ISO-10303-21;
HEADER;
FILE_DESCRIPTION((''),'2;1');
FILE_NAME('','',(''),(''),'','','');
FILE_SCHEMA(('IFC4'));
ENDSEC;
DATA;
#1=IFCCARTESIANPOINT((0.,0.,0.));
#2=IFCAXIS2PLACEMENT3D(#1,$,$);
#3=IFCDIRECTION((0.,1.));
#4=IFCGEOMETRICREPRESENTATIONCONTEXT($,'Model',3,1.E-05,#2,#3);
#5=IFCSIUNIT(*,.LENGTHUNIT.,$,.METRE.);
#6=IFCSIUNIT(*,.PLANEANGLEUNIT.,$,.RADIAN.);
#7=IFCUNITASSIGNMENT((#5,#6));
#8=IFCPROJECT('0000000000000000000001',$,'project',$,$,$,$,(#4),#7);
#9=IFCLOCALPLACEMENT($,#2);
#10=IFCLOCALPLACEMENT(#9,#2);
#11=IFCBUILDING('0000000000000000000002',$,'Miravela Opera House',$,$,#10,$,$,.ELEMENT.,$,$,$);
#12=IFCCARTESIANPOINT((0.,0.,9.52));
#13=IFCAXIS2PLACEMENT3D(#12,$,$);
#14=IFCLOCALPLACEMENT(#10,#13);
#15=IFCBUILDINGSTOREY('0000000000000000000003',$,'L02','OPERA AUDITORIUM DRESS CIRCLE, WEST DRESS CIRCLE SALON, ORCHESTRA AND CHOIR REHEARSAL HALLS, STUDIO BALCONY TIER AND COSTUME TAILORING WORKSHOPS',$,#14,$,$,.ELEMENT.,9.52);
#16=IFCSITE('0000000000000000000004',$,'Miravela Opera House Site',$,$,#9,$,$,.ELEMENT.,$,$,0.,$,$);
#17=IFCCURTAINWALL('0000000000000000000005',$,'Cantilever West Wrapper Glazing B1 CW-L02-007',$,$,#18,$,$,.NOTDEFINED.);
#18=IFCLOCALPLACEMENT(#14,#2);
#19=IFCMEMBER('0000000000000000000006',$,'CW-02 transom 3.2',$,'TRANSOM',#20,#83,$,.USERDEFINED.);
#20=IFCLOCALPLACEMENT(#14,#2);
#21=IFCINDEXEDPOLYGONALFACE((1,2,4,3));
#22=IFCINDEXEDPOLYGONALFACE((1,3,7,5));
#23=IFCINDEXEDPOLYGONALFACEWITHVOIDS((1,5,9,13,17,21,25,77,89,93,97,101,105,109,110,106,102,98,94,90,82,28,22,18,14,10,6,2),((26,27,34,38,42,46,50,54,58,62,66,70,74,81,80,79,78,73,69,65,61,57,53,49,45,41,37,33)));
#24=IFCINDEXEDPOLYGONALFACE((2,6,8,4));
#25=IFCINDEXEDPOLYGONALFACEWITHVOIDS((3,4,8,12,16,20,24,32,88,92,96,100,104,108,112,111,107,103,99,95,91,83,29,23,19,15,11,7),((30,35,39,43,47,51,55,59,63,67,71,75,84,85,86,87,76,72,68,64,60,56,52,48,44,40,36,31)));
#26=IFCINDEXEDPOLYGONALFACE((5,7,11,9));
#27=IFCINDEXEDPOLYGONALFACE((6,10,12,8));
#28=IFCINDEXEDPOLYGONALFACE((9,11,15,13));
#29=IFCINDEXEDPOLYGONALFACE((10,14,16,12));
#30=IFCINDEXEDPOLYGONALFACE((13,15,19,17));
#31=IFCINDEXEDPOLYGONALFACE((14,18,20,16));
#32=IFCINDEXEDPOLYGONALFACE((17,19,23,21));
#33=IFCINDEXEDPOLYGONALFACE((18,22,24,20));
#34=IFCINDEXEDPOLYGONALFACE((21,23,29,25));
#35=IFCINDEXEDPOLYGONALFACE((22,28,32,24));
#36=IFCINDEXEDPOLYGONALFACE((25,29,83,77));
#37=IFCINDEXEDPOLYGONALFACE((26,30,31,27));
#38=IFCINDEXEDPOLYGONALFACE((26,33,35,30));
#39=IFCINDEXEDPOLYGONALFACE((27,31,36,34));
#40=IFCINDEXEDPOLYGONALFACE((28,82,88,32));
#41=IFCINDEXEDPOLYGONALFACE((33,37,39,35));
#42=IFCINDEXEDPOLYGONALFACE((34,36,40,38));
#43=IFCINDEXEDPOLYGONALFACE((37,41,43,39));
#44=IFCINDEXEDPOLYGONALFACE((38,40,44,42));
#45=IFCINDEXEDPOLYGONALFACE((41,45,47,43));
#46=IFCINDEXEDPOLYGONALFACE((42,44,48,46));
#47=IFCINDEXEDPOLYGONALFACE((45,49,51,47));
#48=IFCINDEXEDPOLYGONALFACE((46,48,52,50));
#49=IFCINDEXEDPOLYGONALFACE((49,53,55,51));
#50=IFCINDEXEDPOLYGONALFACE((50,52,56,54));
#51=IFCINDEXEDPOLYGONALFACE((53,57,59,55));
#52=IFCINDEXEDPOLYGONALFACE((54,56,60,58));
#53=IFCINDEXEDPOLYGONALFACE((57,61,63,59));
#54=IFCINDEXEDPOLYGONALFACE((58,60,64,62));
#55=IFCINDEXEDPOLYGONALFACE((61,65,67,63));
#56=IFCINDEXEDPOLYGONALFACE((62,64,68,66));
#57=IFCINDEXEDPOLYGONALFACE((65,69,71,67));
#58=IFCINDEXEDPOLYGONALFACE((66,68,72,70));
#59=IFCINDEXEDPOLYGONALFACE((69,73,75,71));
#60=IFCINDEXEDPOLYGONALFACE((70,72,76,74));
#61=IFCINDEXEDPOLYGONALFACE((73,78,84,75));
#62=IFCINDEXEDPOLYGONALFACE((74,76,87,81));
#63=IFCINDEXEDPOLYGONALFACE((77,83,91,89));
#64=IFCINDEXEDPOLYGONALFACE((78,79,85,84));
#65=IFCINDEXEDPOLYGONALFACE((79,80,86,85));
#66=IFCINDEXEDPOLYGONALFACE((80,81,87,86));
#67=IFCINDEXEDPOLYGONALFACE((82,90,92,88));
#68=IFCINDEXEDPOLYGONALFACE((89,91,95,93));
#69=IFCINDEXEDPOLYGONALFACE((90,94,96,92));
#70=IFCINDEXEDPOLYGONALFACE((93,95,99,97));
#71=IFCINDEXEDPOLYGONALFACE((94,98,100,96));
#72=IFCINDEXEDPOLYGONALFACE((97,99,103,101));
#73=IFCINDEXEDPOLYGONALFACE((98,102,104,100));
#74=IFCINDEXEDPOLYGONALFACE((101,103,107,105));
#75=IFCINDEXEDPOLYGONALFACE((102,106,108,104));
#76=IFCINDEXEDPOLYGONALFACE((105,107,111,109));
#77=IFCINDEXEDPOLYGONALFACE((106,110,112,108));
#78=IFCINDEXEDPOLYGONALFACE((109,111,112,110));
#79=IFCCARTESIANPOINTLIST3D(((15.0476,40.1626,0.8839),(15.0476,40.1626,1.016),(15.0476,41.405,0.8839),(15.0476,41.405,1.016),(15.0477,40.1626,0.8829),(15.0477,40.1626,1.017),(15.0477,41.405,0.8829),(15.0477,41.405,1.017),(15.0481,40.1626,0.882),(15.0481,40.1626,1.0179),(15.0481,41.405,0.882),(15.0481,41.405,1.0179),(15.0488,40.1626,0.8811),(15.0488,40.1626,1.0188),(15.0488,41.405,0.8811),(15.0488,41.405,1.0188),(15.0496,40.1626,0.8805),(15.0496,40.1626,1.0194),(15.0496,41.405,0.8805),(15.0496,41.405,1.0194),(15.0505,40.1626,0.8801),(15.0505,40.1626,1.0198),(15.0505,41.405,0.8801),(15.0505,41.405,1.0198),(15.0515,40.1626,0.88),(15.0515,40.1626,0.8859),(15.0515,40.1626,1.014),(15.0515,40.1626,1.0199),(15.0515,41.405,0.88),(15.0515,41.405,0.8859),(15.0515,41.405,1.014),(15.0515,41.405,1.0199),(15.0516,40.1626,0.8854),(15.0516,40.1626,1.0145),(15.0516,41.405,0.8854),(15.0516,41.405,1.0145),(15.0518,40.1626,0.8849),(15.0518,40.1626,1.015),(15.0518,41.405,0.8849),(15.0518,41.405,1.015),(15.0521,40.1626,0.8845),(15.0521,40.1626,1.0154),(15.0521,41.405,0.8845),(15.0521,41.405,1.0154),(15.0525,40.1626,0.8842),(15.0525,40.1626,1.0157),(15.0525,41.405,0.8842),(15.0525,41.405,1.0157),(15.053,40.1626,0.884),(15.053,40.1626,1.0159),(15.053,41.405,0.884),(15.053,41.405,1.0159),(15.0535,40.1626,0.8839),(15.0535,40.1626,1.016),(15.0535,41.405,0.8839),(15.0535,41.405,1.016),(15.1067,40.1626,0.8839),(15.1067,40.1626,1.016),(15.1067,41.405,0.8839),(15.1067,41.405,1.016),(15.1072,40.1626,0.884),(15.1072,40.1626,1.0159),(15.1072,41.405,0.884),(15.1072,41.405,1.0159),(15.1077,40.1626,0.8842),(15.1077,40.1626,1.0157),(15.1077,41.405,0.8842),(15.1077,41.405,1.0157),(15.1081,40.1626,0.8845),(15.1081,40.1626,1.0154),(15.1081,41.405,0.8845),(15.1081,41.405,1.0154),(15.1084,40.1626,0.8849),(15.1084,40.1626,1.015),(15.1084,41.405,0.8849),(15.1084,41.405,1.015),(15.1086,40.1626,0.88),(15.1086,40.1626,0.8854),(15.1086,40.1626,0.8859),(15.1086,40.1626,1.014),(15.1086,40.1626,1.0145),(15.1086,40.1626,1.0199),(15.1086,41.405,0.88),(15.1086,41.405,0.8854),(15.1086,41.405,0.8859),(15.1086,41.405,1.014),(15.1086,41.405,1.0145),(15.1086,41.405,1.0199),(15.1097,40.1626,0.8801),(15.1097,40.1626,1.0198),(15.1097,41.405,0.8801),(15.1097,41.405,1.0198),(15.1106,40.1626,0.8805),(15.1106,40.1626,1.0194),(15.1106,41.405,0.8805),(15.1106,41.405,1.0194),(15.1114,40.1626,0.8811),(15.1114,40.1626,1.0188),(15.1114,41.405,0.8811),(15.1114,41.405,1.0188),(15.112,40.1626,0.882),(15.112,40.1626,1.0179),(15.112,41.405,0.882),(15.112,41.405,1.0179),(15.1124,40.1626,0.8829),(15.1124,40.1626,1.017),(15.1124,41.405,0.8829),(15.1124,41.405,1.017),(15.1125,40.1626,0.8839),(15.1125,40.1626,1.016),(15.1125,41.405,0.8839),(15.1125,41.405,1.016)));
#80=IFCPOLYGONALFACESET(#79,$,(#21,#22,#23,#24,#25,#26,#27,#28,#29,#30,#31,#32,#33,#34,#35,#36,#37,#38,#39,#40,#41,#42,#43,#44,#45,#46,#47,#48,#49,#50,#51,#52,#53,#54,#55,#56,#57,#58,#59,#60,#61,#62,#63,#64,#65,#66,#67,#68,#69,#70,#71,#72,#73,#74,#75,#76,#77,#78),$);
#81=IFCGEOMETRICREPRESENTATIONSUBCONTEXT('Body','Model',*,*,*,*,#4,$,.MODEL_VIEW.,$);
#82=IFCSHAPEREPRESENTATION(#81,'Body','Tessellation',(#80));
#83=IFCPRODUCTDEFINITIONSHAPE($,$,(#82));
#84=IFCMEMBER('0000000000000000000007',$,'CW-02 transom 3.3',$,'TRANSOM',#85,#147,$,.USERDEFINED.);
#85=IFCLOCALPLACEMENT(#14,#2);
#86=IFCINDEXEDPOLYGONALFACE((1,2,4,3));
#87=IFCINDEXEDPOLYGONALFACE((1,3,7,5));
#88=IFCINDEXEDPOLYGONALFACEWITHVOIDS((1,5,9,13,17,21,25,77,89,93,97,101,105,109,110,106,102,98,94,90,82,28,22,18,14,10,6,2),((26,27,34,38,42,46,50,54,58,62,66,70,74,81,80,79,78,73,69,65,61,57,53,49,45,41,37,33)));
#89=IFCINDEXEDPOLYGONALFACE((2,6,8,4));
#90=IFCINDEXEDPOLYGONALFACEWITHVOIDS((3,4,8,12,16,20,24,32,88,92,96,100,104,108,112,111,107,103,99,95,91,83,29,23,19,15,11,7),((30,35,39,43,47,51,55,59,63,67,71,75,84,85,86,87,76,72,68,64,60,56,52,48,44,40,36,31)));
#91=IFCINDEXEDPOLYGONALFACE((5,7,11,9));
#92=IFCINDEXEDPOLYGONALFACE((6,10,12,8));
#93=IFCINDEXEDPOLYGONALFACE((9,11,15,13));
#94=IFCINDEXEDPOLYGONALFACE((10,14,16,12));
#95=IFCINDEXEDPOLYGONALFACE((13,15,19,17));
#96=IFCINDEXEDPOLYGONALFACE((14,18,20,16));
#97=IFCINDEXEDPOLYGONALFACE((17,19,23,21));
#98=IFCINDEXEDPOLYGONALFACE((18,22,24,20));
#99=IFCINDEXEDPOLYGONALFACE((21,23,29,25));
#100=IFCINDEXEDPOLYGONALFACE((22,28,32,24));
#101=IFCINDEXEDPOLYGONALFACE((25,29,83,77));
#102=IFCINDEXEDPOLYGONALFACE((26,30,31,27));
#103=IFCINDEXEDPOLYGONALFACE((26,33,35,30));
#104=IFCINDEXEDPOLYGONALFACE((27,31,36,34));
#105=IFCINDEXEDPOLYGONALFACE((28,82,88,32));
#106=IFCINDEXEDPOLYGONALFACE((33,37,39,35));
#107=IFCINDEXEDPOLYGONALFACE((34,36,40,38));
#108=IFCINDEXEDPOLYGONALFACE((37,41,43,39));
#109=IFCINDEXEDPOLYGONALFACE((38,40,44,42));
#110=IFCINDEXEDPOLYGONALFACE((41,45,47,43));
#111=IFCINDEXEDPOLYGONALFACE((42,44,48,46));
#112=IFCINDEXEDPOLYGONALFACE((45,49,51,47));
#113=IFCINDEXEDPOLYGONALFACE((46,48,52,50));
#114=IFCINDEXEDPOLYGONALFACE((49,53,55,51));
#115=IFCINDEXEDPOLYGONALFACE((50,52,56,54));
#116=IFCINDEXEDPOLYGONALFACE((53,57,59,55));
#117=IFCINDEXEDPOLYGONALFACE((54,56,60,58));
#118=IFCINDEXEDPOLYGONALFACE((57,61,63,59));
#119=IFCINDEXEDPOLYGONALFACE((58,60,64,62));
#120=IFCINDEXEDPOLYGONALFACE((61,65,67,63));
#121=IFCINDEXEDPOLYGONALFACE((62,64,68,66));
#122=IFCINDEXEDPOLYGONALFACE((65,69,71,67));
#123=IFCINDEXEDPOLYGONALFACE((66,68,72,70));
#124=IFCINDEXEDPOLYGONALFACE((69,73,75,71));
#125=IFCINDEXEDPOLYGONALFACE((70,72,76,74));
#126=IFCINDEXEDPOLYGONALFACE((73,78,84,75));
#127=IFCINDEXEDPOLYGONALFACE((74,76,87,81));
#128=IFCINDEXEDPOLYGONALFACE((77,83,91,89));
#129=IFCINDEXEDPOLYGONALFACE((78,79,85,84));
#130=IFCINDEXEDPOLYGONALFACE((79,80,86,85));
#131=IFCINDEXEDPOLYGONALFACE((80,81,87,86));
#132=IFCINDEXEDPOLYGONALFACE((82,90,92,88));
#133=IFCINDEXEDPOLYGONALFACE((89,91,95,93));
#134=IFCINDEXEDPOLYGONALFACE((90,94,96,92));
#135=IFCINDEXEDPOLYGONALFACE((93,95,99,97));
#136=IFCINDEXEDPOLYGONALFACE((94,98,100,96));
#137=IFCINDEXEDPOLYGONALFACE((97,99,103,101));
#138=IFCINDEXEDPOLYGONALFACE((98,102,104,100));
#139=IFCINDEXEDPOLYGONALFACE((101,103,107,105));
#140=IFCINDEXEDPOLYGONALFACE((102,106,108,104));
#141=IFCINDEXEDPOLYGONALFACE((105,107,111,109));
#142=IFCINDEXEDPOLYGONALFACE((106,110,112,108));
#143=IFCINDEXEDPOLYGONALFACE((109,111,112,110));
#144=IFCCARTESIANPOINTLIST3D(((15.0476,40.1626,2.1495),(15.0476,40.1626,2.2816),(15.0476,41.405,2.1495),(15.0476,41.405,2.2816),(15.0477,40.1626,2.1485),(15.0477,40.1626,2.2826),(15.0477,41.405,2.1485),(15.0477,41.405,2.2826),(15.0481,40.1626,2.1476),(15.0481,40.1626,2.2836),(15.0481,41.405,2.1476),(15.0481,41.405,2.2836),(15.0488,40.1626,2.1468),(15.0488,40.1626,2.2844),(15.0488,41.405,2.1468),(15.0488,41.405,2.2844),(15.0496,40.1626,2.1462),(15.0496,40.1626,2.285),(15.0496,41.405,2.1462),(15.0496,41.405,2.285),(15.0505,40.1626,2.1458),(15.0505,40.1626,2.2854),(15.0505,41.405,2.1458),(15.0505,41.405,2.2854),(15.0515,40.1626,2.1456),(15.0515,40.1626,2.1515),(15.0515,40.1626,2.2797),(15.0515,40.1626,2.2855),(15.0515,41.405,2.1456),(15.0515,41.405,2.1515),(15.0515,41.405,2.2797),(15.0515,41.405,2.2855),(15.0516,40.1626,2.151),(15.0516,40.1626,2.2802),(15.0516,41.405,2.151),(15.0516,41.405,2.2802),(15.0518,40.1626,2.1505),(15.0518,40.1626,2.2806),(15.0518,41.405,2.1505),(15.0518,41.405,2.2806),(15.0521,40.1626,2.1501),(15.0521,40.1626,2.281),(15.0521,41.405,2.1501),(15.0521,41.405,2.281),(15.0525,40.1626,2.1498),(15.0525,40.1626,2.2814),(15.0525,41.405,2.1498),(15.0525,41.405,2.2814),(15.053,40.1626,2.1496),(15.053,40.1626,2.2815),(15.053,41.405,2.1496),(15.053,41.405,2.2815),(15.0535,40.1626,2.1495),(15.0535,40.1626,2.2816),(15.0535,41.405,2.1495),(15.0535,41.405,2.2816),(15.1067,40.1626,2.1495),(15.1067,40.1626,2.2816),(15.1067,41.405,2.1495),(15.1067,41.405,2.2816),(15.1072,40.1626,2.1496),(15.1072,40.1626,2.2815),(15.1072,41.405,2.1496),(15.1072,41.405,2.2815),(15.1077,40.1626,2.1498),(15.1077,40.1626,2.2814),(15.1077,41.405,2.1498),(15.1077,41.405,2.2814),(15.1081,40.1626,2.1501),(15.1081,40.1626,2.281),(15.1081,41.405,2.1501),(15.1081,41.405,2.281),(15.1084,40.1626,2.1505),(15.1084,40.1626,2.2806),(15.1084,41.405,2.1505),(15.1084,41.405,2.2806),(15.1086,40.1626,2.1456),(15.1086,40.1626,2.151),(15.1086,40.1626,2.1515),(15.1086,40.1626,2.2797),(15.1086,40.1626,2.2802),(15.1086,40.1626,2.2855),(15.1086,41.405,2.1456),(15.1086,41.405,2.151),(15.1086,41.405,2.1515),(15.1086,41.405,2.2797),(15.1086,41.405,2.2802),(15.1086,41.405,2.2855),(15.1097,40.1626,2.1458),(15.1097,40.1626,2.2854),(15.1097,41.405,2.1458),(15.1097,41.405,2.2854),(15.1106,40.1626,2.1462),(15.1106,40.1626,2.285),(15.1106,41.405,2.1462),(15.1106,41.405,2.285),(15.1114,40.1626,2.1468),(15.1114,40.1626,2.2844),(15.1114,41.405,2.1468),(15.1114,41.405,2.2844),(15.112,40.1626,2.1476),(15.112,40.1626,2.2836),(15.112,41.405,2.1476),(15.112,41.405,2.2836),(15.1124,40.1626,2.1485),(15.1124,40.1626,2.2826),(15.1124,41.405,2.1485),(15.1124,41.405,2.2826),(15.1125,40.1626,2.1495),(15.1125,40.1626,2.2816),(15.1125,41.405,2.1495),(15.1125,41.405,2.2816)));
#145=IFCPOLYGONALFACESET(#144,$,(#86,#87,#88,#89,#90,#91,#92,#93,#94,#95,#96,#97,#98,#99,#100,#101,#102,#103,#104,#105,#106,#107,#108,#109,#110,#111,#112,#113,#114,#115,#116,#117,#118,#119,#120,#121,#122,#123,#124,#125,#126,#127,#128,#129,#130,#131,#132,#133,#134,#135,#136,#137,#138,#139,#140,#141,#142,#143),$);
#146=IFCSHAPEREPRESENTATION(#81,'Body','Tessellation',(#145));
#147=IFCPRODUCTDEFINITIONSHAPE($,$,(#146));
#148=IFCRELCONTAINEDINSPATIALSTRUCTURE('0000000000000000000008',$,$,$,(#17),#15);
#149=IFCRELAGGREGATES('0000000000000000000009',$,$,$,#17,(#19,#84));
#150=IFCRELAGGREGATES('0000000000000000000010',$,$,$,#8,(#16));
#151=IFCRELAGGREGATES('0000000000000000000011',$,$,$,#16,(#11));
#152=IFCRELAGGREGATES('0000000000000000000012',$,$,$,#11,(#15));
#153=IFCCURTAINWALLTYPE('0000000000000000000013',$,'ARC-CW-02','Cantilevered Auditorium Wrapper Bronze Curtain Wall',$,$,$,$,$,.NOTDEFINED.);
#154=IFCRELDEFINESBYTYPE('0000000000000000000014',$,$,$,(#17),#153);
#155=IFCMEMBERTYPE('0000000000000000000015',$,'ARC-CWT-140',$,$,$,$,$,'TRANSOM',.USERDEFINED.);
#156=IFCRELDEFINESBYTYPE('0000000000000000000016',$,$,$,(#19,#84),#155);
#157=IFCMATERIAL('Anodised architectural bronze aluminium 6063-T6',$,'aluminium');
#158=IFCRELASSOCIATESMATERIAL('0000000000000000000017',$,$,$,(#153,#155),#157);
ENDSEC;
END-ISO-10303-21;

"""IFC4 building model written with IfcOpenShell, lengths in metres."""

from ifc_helpers import new_model, si_unit, direction, frame, origin, origin_2d, place, context, subcontext, project, spatial, hollow_rectangle, extrude, material, material_profile, profile_set, type_object, element, aggregate, save


model = new_model("IFC4")

# Units and contexts
model_context = context("Model", 3, precision=1e-05, world=origin(), true_north=direction((0.0, 1.0)))
body_context = subcontext(model_context, "Body", "Model", "MODEL_VIEW")
ifc_project = project(units=[si_unit("LENGTHUNIT", "METRE"), si_unit("PLANEANGLEUNIT", "RADIAN")], contexts=[model_context])

# Site, building, storey
site_placement = place(None, origin())
site = spatial("IfcSite", under=ifc_project, at=site_placement, Name="Miravela Opera House Site", CompositionType="ELEMENT", RefElevation=0.0)
building_placement = place(site_placement, origin())
building = spatial("IfcBuilding", under=site, at=building_placement, Name="Miravela Opera House", CompositionType="ELEMENT")
storey_placement = place(building_placement, frame((0.0, 0.0, 9.52)))
storey = spatial("IfcBuildingStorey", under=building, at=storey_placement, Name="L02", Description="OPERA AUDITORIUM DRESS CIRCLE, WEST DRESS CIRCLE SALON, ORCHESTRA AND CHOIR REHEARSAL HALLS, STUDIO BALCONY TIER AND COSTUME TAILORING WORKSHOPS", CompositionType="ELEMENT", Elevation=9.52)

# Curtain wall
ifc_material_1 = material(Name="Anodised architectural bronze aluminium 6063-T6", Category="aluminium")
curtain_wall_type = type_object("IfcCurtainWallType", Name="ARC-CW-02", Description="Cantilevered Auditorium Wrapper Bronze Curtain Wall", PredefinedType="NOTDEFINED", material=ifc_material_1)
curtain_wall_1_placement = place(storey_placement, origin())
curtain_wall_1 = element("IfcCurtainWall", 1, at=curtain_wall_1_placement, inside=storey, type_object=curtain_wall_type, Name="Cantilever West Wrapper Glazing B1 CW-L02-007", PredefinedType="NOTDEFINED")

# Members
ifc_material_profile_1 = material_profile(ifc_material_1, hollow_rectangle(XDim=0.0649, YDim=0.1399, WallThickness=0.0039, InnerFilletRadius=0.002, OuterFilletRadius=0.0039, at=origin_2d()), Name="CWT-65X140")
ifc_profile_set_1 = profile_set([ifc_material_profile_1])
member_type_1 = type_object("IfcMemberType", Name="ARC-CWT-140", ElementType="TRANSOM", PredefinedType="USERDEFINED", material=ifc_profile_set_1)
member_1_placement = place(storey_placement, frame((15.0801, 40.1626, 0.95), z_axis=(0.0, 1.0, 0.0), x_axis=(-1.0, 0.0, 0.0)))
member_1 = element("IfcMember", 2, at=member_1_placement, type_object=member_type_1, Name="CW-02 transom 3.2", ObjectType="TRANSOM", PredefinedType="USERDEFINED", context=body_context, shape_type="SweptSolid", body=[
    extrude(hollow_rectangle(XDim=0.0649, YDim=0.1399, WallThickness=0.0039, InnerFilletRadius=0.002, OuterFilletRadius=0.0039, at=origin_2d()), origin(), (0.0, 0.0, 1.0), 1.2424),
])
member_2_placement = place(storey_placement, frame((15.0801, 40.1626, 2.2156), z_axis=(0.0, 1.0, 0.0), x_axis=(-1.0, 0.0, 0.0)))
member_2 = element("IfcMember", 3, at=member_2_placement, type_object=member_type_1, Name="CW-02 transom 3.3", ObjectType="TRANSOM", PredefinedType="USERDEFINED", context=body_context, shape_type="SweptSolid", body=[
    extrude(hollow_rectangle(XDim=0.0649, YDim=0.1399, WallThickness=0.0039, InnerFilletRadius=0.002, OuterFilletRadius=0.0039, at=origin_2d()), origin(), (0.0, 0.0, 1.0), 1.2424),
])

aggregate(curtain_wall_1, [member_1, member_2])

save(model, "model.ifc")
